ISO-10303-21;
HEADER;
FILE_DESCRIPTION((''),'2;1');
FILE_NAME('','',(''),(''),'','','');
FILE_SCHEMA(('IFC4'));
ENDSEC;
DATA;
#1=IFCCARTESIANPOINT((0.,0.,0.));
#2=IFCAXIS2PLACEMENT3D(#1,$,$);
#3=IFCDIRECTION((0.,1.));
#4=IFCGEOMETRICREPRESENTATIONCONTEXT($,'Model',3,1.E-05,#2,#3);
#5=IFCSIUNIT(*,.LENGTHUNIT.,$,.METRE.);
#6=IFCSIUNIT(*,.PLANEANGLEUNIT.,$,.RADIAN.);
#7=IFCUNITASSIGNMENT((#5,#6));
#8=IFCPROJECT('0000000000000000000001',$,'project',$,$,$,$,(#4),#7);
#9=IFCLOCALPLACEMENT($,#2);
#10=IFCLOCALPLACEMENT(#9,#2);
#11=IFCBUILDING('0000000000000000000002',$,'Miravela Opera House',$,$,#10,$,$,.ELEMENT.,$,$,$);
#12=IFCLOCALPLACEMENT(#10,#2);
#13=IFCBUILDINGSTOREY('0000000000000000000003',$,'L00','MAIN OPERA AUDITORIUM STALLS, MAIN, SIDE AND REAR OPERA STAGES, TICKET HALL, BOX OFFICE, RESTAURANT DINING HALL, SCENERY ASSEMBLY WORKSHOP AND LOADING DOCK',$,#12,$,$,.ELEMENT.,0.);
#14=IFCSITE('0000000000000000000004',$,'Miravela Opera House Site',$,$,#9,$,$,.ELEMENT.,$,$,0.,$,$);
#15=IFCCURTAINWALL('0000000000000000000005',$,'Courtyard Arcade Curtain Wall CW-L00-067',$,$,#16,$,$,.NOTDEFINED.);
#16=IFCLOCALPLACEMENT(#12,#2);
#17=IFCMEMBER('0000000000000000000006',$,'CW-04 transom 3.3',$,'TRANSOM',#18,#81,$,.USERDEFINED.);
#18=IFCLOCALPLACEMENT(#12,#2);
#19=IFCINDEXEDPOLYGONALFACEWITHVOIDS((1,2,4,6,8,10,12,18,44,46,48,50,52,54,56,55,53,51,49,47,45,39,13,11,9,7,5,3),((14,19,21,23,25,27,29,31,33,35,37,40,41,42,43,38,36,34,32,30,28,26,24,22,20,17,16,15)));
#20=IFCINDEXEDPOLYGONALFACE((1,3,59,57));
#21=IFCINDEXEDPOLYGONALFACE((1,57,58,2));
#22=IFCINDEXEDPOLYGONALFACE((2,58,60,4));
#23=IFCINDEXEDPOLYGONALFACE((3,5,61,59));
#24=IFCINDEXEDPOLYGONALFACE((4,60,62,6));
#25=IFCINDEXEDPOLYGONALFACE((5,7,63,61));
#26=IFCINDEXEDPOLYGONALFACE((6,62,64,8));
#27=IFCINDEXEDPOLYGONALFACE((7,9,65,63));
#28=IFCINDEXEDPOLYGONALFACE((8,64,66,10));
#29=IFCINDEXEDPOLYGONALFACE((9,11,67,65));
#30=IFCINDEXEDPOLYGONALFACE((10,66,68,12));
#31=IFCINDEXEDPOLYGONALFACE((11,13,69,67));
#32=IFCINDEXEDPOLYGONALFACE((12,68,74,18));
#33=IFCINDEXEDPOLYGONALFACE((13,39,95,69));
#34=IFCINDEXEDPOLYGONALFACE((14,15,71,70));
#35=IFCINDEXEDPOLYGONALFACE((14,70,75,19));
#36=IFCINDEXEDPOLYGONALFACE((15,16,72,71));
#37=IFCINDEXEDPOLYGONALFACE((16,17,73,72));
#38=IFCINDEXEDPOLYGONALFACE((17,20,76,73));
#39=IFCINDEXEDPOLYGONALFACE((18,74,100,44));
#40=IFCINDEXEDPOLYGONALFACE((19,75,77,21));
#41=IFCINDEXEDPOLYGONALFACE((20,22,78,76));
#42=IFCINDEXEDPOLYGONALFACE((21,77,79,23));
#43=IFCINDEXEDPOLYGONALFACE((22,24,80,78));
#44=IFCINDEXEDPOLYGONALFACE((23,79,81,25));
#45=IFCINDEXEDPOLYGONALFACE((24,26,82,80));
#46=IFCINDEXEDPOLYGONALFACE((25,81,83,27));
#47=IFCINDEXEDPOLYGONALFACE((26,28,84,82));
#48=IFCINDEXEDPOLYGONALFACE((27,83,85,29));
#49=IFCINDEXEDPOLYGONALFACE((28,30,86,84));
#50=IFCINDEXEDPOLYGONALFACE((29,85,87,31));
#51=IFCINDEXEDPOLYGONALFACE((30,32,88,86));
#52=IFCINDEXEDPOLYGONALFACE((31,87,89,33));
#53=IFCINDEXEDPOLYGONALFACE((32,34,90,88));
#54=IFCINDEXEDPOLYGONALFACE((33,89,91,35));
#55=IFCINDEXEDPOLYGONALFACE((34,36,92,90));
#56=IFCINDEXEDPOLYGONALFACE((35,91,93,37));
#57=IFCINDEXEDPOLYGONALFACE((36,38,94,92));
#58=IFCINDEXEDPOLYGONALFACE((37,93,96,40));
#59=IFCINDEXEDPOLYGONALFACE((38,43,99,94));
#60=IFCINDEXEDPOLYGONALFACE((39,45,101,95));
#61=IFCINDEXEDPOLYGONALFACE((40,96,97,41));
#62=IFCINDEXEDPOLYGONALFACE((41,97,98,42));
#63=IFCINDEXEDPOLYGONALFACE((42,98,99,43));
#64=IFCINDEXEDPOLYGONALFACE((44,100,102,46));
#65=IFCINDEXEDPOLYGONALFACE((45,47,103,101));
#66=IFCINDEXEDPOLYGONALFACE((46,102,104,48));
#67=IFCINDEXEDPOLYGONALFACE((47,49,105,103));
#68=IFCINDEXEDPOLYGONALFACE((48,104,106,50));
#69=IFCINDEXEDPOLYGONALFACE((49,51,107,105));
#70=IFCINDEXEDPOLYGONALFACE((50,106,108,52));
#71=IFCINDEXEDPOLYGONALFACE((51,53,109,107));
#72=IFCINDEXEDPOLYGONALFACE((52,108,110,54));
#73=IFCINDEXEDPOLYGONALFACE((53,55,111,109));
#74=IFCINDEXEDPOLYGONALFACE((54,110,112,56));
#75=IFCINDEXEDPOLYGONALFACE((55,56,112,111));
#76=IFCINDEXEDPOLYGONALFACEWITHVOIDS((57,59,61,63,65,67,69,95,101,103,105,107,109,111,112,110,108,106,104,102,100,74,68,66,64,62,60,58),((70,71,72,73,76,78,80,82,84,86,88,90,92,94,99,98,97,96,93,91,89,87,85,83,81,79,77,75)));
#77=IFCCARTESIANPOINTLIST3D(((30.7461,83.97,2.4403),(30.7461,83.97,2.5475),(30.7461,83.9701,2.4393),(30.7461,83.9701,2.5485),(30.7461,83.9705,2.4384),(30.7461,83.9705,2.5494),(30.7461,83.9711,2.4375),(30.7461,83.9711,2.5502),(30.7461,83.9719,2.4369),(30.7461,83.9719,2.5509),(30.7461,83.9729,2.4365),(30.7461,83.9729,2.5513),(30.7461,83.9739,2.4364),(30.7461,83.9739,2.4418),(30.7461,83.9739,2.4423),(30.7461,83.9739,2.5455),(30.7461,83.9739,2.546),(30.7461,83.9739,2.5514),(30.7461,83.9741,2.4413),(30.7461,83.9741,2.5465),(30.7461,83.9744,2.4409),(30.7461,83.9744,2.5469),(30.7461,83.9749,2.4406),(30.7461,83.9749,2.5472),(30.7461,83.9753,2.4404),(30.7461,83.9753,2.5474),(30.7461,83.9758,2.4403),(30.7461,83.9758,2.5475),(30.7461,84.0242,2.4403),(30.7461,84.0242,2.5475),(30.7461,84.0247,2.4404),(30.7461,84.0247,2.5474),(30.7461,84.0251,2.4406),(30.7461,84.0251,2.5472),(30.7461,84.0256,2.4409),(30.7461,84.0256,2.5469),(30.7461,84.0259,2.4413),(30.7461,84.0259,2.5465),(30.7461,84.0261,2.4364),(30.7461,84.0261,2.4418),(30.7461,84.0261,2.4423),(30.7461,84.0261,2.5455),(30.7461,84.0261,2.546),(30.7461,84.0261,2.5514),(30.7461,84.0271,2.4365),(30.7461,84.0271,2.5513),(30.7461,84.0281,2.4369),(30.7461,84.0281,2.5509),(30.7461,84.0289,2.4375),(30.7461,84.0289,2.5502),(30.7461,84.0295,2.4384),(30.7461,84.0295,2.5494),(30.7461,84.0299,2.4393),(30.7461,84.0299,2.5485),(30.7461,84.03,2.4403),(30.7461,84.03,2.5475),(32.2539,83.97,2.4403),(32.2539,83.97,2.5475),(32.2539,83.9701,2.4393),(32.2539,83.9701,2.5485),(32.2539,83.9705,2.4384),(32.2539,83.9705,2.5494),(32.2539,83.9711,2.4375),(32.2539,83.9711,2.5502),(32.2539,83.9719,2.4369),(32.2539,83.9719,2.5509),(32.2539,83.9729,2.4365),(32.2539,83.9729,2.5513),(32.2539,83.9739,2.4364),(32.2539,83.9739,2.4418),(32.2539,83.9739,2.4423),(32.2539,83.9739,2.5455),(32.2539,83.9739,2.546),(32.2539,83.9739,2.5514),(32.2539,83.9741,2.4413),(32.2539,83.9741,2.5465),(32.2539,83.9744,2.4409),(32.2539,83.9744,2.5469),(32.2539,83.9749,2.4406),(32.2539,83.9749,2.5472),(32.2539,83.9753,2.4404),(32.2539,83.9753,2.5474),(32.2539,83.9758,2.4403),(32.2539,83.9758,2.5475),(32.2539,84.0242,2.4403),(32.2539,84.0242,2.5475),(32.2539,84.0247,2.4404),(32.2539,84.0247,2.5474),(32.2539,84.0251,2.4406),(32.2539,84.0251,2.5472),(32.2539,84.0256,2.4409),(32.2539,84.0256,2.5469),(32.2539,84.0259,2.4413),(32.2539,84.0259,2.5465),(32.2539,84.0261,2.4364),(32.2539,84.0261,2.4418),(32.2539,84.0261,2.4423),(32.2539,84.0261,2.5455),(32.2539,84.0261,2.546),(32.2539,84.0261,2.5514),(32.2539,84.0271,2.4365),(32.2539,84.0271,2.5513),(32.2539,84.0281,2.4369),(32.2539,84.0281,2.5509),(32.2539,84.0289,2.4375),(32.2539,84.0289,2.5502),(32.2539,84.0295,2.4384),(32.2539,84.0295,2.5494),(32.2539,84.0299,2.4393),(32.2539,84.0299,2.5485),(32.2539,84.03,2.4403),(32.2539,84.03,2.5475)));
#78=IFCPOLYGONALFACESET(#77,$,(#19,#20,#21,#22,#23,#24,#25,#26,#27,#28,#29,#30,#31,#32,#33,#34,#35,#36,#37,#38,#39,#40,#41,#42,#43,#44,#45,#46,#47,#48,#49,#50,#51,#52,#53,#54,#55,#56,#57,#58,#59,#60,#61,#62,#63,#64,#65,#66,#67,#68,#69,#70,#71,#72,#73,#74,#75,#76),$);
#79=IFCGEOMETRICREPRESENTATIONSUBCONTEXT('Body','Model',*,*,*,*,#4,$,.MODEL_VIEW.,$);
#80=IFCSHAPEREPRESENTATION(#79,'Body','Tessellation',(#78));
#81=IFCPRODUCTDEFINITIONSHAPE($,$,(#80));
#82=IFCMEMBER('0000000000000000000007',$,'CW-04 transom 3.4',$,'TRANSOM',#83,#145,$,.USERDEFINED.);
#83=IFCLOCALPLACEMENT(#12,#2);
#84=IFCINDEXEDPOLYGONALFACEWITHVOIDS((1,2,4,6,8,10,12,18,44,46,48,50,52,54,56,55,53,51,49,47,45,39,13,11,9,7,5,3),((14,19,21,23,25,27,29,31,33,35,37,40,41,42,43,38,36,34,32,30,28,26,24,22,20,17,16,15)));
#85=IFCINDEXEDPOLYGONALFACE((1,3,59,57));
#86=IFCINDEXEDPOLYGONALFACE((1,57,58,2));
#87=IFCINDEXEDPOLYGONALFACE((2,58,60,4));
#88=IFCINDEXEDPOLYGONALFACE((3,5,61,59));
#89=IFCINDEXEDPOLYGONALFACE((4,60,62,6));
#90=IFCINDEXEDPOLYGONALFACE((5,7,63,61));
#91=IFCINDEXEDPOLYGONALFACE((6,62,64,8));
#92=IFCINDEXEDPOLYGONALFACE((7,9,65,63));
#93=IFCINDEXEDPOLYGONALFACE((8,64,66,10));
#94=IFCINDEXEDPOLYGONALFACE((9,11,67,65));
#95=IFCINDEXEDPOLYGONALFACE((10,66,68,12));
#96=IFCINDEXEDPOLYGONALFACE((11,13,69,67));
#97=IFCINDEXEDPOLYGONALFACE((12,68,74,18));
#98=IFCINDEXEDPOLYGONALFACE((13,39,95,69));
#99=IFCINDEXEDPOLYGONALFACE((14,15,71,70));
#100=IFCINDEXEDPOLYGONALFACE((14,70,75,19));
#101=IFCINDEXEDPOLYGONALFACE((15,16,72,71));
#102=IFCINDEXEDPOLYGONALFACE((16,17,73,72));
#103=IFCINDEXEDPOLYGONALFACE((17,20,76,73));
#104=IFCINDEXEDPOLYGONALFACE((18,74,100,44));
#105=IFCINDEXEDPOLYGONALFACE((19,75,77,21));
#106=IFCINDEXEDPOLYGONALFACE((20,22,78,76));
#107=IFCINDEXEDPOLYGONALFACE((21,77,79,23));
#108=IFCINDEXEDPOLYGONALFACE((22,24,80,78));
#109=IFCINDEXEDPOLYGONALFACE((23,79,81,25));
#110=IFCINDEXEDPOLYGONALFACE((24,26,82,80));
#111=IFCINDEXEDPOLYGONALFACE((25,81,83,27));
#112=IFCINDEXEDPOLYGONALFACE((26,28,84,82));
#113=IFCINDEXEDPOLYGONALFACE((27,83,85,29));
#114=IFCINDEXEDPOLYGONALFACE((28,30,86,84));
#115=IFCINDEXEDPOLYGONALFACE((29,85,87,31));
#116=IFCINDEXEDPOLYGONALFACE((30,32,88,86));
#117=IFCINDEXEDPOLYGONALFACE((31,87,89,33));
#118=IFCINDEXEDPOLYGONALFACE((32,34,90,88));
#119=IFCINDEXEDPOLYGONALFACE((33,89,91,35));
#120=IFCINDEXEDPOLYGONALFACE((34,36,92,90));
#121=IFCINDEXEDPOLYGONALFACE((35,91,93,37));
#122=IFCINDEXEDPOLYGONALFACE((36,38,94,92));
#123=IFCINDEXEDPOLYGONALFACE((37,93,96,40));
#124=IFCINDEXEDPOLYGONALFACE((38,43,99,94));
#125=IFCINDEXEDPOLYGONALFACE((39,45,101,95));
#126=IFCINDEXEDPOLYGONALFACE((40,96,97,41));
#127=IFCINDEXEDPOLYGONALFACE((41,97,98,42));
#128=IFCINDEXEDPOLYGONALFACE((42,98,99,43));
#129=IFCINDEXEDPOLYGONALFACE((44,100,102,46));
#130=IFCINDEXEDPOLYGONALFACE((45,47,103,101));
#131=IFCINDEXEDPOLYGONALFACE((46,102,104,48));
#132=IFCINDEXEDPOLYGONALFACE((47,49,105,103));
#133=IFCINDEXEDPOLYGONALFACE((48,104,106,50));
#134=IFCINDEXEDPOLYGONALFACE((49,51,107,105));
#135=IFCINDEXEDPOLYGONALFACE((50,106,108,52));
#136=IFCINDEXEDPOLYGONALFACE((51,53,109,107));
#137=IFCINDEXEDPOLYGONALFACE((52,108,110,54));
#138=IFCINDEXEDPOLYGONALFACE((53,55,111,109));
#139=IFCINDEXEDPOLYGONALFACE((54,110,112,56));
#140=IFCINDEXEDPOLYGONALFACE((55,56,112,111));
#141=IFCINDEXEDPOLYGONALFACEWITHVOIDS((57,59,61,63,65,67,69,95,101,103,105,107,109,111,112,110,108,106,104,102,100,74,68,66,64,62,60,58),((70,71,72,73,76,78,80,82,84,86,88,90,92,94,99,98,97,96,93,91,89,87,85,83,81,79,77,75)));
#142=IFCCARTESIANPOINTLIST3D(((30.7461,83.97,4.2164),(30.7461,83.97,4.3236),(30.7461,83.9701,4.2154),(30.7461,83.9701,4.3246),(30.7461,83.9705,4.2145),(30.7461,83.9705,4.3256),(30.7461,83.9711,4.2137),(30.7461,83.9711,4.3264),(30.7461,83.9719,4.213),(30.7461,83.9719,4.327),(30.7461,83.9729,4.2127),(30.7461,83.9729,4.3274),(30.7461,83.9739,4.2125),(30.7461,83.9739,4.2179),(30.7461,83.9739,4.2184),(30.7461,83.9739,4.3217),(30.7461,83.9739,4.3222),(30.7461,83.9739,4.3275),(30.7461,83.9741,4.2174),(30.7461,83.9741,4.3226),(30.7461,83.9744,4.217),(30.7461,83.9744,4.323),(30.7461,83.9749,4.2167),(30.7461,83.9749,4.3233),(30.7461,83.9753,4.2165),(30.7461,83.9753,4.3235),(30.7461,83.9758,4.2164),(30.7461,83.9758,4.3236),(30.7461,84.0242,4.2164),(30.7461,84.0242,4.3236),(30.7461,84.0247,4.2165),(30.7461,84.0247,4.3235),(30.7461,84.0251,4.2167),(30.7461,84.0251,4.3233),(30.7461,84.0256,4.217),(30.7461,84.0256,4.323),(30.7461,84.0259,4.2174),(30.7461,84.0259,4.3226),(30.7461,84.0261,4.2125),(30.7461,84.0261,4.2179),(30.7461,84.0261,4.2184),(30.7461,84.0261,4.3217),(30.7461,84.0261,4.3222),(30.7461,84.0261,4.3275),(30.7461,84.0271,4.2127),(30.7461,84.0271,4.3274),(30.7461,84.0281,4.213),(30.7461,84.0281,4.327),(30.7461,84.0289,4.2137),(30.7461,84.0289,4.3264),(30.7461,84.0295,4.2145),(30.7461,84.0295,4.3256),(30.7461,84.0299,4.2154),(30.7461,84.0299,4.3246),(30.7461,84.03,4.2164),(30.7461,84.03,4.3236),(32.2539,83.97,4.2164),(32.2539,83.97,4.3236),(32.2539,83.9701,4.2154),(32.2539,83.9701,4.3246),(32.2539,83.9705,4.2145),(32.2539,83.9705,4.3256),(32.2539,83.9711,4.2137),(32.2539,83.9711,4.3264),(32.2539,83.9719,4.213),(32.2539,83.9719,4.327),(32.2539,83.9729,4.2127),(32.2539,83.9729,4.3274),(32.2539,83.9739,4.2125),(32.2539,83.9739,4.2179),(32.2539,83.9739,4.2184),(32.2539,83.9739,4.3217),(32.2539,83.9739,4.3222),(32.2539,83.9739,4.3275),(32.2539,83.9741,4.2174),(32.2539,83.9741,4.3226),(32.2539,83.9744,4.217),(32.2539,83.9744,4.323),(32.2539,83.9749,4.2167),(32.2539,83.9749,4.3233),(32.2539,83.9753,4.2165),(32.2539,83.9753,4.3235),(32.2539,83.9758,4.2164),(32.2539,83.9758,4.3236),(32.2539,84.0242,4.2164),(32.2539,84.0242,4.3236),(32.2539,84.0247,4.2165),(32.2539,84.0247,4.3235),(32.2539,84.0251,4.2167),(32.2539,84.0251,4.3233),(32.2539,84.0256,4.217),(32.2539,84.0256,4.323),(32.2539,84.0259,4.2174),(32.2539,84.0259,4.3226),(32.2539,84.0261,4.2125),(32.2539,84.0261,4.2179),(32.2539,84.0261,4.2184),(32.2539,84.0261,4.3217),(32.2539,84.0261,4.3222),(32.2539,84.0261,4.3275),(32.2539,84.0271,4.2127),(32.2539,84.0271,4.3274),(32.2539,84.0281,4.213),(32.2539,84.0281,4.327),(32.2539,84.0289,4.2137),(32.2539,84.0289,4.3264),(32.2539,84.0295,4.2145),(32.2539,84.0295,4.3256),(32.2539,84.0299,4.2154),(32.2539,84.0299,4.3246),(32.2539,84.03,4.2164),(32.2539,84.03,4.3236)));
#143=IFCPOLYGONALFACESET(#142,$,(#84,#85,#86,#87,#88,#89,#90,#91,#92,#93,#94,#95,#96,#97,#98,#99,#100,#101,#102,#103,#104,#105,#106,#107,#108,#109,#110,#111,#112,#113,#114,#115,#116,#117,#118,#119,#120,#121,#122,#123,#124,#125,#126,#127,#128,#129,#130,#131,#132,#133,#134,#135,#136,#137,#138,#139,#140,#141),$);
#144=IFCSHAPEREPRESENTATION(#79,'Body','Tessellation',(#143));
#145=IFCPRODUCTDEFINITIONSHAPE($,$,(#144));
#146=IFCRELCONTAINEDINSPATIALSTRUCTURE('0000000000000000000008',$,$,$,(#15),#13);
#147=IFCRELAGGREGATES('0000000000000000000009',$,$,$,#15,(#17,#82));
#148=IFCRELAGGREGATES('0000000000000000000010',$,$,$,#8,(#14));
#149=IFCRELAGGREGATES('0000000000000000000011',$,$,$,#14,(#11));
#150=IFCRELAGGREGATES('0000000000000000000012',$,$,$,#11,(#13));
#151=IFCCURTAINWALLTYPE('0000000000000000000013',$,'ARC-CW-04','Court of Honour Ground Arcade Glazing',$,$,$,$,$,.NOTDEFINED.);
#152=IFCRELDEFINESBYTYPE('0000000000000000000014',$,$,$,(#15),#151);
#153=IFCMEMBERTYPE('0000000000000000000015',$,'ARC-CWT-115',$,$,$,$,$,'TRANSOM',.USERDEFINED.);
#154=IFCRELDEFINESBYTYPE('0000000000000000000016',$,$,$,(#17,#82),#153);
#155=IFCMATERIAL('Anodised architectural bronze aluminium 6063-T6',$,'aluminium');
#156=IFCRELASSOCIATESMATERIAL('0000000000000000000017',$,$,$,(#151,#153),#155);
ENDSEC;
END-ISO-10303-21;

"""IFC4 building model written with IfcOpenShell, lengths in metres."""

from ifc_helpers import new_model, si_unit, direction, frame, origin, origin_2d, place, context, subcontext, project, spatial, hollow_rectangle, extrude, material, material_profile, profile_set, type_object, element, aggregate, save


model = new_model("IFC4")

# Units and contexts
model_context = context("Model", 3, precision=1e-05, world=origin(), true_north=direction((0.0, 1.0)))
body_context = subcontext(model_context, "Body", "Model", "MODEL_VIEW")
ifc_project = project(units=[si_unit("LENGTHUNIT", "METRE"), si_unit("PLANEANGLEUNIT", "RADIAN")], contexts=[model_context])

# Site, building, storey
site_placement = place(None, origin())
site = spatial("IfcSite", under=ifc_project, at=site_placement, Name="Miravela Opera House Site", CompositionType="ELEMENT", RefElevation=0.0)
building_placement = place(site_placement, origin())
building = spatial("IfcBuilding", under=site, at=building_placement, Name="Miravela Opera House", CompositionType="ELEMENT")
storey_placement = place(building_placement, origin())
storey = spatial("IfcBuildingStorey", under=building, at=storey_placement, Name="L00", Description="MAIN OPERA AUDITORIUM STALLS, MAIN, SIDE AND REAR OPERA STAGES, TICKET HALL, BOX OFFICE, RESTAURANT DINING HALL, SCENERY ASSEMBLY WORKSHOP AND LOADING DOCK", CompositionType="ELEMENT", Elevation=0.0)

# Curtain wall, members
ifc_material_1 = material(Name="Anodised architectural bronze aluminium 6063-T6", Category="aluminium")
curtain_wall_type = type_object("IfcCurtainWallType", Name="ARC-CW-04", Description="Court of Honour Ground Arcade Glazing", PredefinedType="NOTDEFINED", material=ifc_material_1)
curtain_wall_placement = place(storey_placement, origin())
curtain_wall = element("IfcCurtainWall", 1, at=curtain_wall_placement, inside=storey, type_object=curtain_wall_type, Name="Courtyard Arcade Curtain Wall CW-L00-067", PredefinedType="NOTDEFINED")
ifc_material_profile_1 = material_profile(ifc_material_1, hollow_rectangle(XDim=0.0601, YDim=0.115, WallThickness=0.0039, InnerFilletRadius=0.002, OuterFilletRadius=0.0039, at=origin_2d()), Name="CWT-60X115")
ifc_profile_set_1 = profile_set([ifc_material_profile_1])
member_type_1 = type_object("IfcMemberType", Name="ARC-CWT-115", ElementType="TRANSOM", PredefinedType="USERDEFINED", material=ifc_profile_set_1)
member_1_placement = place(storey_placement, frame((30.7461, 84.0, 2.4939), z_axis=(1.0, 0.0, 0.0), x_axis=(0.0, 1.0, 0.0)))
member_1 = element("IfcMember", 2, at=member_1_placement, type_object=member_type_1, Name="CW-04 transom 3.3", ObjectType="TRANSOM", PredefinedType="USERDEFINED", context=body_context, shape_type="SweptSolid", body=[
    extrude(hollow_rectangle(XDim=0.0601, YDim=0.115, WallThickness=0.0039, InnerFilletRadius=0.002, OuterFilletRadius=0.0039, at=origin_2d()), origin(), (0.0, 0.0, 1.0), 1.5078),
])
member_2_placement = place(storey_placement, frame((30.7461, 84.0, 4.27), z_axis=(1.0, 0.0, 0.0), x_axis=(0.0, 1.0, 0.0)))
member_2 = element("IfcMember", 3, at=member_2_placement, type_object=member_type_1, Name="CW-04 transom 3.4", ObjectType="TRANSOM", PredefinedType="USERDEFINED", context=body_context, shape_type="SweptSolid", body=[
    extrude(hollow_rectangle(XDim=0.0601, YDim=0.115, WallThickness=0.0039, InnerFilletRadius=0.002, OuterFilletRadius=0.0039, at=origin_2d()), origin(), (0.0, 0.0, 1.0), 1.5078),
])
aggregate(curtain_wall, [member_1, member_2])

save(model, "model.ifc")
